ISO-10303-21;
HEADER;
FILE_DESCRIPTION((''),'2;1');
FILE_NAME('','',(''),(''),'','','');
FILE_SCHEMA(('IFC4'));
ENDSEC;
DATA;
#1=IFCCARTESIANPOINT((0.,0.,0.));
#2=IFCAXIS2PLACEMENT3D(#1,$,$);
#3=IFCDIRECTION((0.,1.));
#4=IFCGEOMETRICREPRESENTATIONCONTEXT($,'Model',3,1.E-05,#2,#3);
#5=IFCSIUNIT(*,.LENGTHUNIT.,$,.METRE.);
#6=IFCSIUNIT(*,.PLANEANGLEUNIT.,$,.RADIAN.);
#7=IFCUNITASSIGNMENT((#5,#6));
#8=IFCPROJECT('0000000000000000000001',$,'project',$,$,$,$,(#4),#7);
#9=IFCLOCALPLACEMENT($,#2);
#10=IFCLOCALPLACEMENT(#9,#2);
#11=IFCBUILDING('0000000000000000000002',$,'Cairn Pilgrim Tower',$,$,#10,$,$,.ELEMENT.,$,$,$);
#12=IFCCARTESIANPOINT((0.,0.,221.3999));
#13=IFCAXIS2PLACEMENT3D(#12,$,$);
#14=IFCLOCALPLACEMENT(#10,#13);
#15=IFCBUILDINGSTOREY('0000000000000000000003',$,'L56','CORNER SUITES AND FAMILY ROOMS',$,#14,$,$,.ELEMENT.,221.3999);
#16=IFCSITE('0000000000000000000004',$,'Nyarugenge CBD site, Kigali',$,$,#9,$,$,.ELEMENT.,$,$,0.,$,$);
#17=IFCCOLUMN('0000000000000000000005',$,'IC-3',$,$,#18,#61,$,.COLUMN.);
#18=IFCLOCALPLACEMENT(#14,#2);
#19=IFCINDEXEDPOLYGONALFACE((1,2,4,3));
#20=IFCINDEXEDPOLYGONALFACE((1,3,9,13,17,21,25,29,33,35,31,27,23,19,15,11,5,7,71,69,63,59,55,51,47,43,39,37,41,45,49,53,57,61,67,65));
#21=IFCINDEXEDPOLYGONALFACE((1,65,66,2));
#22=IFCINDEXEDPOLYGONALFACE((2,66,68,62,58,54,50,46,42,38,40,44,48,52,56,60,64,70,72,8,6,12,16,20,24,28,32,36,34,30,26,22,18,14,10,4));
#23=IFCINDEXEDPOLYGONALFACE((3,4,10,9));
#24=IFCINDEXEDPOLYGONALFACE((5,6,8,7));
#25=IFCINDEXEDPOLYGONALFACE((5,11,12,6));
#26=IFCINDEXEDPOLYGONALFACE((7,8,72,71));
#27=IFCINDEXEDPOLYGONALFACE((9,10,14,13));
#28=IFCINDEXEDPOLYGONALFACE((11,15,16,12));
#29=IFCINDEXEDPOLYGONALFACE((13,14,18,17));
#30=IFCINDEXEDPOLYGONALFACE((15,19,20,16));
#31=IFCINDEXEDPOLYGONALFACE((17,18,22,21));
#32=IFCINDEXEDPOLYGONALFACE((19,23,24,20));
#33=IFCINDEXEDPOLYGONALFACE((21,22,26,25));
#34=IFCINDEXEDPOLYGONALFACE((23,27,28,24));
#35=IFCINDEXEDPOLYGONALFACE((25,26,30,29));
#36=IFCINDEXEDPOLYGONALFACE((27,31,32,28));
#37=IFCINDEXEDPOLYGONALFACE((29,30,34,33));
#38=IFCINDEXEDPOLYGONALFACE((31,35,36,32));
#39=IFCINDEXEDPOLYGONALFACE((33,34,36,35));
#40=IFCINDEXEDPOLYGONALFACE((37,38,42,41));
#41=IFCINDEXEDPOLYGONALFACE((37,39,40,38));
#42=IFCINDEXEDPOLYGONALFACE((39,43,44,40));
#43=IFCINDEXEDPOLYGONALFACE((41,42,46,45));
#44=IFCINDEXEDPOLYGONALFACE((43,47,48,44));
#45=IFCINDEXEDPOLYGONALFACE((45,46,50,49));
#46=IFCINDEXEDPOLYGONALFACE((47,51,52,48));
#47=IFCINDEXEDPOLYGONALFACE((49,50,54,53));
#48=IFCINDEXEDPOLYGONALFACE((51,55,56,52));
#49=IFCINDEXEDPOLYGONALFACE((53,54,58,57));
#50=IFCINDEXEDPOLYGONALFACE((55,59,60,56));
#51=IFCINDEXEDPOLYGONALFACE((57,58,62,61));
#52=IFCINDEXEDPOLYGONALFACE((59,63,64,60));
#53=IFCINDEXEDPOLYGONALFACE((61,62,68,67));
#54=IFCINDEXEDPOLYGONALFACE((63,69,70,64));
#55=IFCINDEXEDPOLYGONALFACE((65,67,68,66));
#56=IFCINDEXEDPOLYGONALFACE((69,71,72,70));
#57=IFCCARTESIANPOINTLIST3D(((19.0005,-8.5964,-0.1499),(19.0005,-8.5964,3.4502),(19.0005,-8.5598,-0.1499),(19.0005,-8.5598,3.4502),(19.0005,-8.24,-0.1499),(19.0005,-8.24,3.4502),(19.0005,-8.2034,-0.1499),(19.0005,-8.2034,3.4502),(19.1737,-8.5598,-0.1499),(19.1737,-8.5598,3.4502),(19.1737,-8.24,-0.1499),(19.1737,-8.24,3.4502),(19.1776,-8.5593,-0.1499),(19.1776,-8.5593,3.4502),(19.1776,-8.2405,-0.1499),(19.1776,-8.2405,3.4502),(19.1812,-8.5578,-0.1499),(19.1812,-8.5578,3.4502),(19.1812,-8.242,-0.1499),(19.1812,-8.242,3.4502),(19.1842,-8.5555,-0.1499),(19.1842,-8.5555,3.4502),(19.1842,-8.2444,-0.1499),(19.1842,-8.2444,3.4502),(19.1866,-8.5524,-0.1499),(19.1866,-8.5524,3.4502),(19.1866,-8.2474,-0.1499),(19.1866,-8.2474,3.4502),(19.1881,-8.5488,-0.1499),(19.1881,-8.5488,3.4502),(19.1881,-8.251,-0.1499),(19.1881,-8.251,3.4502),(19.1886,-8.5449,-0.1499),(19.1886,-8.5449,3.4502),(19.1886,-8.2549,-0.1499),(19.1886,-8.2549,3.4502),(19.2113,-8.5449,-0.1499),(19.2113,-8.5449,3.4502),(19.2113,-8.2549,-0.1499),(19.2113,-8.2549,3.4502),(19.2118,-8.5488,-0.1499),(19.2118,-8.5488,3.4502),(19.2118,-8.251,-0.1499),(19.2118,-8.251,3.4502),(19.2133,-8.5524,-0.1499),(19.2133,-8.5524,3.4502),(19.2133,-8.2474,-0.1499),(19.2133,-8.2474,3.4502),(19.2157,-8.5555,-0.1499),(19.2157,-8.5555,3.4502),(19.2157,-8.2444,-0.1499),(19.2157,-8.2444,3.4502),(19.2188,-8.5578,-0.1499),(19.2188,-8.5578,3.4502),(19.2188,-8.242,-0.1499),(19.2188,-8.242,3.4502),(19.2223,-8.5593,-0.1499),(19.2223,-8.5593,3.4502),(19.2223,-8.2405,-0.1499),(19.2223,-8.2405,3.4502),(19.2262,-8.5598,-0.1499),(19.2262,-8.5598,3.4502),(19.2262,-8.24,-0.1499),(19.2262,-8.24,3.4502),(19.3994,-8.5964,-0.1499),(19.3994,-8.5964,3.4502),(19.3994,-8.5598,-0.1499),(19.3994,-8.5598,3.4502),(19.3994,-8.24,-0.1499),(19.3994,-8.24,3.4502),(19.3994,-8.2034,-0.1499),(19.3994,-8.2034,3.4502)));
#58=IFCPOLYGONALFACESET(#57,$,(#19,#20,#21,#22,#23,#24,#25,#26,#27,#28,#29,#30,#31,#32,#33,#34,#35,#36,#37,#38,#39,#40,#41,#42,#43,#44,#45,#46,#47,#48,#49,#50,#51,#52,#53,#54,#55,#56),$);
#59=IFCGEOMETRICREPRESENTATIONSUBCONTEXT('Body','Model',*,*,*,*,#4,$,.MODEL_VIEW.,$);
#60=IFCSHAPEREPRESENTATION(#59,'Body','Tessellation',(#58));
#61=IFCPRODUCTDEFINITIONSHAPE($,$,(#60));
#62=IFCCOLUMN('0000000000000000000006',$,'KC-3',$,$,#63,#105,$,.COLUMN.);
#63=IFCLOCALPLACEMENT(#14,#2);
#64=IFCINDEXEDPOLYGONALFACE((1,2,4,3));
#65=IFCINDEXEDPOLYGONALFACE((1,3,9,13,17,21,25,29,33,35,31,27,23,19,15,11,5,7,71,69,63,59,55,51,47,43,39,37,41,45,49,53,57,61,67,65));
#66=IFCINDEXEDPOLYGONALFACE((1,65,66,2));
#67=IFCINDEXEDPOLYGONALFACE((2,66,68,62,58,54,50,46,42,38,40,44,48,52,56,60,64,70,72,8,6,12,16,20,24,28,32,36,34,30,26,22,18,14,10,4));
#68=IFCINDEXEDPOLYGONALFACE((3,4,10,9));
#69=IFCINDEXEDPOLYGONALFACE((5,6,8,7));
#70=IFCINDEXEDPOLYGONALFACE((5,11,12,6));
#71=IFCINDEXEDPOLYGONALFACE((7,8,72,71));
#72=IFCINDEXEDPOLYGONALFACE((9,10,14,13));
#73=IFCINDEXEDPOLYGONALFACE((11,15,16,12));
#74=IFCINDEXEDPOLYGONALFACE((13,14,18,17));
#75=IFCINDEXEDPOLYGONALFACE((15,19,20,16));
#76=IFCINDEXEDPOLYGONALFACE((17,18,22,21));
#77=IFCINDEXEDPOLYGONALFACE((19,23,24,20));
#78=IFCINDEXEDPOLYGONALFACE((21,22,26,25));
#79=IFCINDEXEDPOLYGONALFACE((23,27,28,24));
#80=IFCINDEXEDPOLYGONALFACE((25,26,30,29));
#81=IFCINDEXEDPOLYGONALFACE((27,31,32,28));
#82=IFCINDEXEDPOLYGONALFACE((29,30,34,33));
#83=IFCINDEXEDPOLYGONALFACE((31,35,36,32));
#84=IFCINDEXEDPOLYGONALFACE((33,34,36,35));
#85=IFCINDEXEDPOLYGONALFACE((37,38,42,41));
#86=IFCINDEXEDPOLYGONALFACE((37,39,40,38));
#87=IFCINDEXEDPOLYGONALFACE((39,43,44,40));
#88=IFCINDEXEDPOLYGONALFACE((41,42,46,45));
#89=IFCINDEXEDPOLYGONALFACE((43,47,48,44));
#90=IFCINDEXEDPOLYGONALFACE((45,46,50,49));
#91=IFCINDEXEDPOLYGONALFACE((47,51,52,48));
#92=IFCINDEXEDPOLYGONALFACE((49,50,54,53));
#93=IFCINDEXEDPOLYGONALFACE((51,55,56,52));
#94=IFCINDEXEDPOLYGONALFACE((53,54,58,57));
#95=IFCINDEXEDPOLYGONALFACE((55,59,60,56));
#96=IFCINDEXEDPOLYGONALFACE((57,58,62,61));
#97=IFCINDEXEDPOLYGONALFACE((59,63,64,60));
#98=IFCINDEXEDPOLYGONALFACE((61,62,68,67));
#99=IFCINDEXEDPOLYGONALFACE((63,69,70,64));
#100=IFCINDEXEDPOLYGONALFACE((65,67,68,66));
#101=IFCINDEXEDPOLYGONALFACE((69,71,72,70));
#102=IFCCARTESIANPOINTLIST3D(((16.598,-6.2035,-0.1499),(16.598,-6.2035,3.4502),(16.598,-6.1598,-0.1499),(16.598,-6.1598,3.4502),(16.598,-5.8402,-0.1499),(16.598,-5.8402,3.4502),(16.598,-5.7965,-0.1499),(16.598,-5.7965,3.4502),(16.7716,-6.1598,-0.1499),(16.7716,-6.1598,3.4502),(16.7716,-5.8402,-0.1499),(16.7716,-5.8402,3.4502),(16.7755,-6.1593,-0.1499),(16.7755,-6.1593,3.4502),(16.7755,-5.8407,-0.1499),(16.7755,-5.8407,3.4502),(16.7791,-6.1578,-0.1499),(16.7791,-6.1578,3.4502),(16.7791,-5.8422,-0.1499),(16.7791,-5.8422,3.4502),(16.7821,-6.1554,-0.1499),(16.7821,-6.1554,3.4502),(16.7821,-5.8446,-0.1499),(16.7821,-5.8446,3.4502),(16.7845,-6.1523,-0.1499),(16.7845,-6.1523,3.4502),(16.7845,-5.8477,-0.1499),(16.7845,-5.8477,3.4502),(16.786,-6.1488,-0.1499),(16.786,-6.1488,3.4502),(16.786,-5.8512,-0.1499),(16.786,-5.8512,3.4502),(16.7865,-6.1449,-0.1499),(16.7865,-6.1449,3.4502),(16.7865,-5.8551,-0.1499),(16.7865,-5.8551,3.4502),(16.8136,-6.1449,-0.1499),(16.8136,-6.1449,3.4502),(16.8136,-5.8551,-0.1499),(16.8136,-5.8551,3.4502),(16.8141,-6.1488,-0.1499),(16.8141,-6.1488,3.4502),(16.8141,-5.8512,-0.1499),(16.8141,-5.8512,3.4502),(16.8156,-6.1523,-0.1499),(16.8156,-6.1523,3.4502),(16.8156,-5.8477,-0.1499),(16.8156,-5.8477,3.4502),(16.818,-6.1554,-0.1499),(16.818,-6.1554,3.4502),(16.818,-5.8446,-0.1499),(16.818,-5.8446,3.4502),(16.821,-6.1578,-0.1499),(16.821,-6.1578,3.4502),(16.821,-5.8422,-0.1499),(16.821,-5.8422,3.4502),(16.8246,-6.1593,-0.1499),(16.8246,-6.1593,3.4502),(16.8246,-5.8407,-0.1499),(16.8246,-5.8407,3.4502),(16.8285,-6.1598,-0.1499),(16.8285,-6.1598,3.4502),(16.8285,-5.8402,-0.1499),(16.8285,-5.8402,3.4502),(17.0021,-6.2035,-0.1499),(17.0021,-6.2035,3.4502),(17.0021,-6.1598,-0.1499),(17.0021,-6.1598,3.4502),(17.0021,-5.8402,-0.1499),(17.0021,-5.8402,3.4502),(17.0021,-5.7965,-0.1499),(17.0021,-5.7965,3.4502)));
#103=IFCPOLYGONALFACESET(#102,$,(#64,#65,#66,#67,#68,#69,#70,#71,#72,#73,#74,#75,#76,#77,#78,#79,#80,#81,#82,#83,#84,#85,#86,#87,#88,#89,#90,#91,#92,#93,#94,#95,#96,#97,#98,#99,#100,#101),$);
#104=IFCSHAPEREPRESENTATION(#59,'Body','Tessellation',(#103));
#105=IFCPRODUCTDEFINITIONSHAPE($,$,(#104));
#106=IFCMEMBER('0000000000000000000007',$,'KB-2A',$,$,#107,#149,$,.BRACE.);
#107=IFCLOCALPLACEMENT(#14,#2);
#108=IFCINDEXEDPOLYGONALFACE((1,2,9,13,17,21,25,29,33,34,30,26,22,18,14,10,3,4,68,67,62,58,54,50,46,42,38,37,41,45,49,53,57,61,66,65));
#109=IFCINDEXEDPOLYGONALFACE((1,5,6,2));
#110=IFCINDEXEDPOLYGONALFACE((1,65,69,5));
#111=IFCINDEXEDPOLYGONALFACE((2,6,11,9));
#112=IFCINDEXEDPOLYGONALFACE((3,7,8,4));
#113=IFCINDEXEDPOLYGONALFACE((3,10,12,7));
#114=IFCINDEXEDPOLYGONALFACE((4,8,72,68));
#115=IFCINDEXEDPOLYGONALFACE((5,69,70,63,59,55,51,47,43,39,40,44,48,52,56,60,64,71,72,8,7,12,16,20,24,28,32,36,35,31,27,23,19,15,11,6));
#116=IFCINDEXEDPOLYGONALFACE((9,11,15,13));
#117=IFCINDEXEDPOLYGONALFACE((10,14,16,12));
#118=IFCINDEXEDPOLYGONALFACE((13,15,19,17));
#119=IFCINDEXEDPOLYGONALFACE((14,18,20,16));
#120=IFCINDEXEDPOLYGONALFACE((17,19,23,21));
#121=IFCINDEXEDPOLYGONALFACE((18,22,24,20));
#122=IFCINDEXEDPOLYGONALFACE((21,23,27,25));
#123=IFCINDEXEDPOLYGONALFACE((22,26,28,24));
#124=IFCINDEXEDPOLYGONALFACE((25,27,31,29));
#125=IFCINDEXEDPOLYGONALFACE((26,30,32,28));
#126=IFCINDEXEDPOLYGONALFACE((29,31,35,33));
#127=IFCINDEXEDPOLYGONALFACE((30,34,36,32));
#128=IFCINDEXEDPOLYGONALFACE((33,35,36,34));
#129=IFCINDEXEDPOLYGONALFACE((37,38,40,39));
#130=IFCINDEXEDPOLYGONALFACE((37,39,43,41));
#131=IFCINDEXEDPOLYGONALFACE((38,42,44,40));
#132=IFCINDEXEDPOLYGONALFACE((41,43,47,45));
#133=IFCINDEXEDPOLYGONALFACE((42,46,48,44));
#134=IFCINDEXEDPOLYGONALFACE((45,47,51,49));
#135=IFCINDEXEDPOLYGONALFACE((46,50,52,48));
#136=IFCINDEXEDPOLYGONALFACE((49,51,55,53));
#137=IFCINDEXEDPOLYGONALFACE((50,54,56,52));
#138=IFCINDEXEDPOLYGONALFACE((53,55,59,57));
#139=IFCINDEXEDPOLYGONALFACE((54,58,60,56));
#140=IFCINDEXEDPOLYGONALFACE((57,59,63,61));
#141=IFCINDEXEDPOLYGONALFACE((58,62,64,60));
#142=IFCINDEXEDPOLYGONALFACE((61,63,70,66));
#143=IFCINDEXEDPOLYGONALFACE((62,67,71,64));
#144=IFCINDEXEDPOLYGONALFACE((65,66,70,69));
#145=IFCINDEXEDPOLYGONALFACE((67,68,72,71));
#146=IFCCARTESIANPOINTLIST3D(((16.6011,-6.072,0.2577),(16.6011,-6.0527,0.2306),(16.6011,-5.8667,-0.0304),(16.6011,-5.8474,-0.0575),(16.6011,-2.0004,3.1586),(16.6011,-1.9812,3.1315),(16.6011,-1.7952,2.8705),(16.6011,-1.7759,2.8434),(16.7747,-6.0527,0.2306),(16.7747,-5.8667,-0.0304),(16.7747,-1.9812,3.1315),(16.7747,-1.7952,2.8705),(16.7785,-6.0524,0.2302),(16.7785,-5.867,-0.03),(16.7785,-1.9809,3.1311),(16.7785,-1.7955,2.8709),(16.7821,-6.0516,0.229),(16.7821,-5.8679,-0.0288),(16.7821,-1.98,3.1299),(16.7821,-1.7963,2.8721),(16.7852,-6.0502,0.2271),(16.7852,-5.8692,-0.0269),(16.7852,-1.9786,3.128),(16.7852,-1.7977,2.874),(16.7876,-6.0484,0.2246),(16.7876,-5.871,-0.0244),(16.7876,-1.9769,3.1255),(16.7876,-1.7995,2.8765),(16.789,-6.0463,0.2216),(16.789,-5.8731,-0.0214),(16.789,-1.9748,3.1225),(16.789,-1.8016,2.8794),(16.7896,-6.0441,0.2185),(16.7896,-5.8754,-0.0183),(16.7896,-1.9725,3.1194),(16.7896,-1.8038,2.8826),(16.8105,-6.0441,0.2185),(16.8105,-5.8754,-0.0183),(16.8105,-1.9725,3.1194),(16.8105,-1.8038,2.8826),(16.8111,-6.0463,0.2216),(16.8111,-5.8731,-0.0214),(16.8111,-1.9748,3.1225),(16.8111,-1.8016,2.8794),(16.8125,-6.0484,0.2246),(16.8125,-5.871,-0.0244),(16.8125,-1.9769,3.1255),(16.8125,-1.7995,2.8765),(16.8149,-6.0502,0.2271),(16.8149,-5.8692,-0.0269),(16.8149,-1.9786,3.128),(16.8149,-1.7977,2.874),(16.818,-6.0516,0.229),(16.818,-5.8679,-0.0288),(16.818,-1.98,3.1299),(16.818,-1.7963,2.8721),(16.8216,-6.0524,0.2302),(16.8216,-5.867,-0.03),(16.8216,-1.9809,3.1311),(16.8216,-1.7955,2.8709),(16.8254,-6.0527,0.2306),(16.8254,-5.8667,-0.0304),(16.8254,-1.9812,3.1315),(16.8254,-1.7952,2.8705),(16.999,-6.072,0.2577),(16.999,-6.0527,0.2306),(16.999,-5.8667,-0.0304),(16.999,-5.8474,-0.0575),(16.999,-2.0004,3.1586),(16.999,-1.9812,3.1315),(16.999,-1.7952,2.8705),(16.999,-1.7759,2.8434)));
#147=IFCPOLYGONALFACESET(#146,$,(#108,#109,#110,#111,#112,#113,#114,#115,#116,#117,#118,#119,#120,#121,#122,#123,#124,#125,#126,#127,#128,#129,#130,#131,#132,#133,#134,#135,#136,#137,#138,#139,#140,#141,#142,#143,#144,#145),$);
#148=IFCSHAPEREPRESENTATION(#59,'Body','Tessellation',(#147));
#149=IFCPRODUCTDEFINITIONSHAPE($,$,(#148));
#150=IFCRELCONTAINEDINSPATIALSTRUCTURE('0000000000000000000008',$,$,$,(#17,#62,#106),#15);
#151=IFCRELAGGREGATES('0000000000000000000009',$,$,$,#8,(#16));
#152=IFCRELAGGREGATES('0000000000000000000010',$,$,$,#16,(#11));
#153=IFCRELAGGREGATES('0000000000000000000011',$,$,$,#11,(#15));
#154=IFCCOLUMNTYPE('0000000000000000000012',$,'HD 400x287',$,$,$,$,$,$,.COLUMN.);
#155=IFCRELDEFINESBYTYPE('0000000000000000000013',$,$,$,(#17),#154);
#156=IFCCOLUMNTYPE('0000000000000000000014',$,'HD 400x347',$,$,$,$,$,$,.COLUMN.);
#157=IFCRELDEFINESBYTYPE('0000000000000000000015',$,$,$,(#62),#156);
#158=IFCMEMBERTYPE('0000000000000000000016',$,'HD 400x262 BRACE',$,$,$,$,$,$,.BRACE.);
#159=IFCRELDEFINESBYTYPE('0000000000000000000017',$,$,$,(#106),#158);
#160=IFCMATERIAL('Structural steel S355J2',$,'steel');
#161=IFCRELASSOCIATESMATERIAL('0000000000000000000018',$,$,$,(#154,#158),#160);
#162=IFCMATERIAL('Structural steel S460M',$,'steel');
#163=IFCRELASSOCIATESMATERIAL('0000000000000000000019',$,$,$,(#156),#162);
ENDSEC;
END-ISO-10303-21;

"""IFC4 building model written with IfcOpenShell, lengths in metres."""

from ifc_helpers import new_model, si_unit, direction, frame, origin, origin_2d, place, context, subcontext, project, spatial, i_section, extrude, material, material_profile, profile_set, type_object, element, save


model = new_model("IFC4")

# Units and contexts
model_context = context("Model", 3, precision=1e-05, world=origin(), true_north=direction((0.0, 1.0)))
body_context = subcontext(model_context, "Body", "Model", "MODEL_VIEW")
ifc_project = project(units=[si_unit("LENGTHUNIT", "METRE"), si_unit("PLANEANGLEUNIT", "RADIAN")], contexts=[model_context])

# Site, building, storey
site_placement = place(None, origin())
site = spatial("IfcSite", under=ifc_project, at=site_placement, Name="Nyarugenge CBD site, Kigali", CompositionType="ELEMENT", RefElevation=0.0)
building_placement = place(site_placement, origin())
building = spatial("IfcBuilding", under=site, at=building_placement, Name="Cairn Pilgrim Tower", CompositionType="ELEMENT")
storey_placement = place(building_placement, frame((0.0, 0.0, 221.3999)))
storey = spatial("IfcBuildingStorey", under=building, at=storey_placement, Name="L56", Description="CORNER SUITES AND FAMILY ROOMS", CompositionType="ELEMENT", Elevation=221.3999)

# Columns
ifc_material_1 = material(Name="Structural steel S355J2", Category="steel")
ifc_material_profile_1 = material_profile(ifc_material_1, i_section(OverallWidth=0.3989, OverallDepth=0.3931, WebThickness=0.0227, FlangeThickness=0.0366, FilletRadius=0.0149, at=origin_2d()), Name="HD 400x287")
ifc_profile_set_1 = profile_set([ifc_material_profile_1], Name="Structural steel S355J2")
column_type_1 = type_object("IfcColumnType", Name="HD 400x287", PredefinedType="COLUMN", material=ifc_profile_set_1)
column_1_placement = place(storey_placement, frame((19.2, -8.3999, -0.1499), z_axis=(0.0, 0.0, 1.0), x_axis=(1.0, 0.0, 0.0)))
element("IfcColumn", 1, at=column_1_placement, inside=storey, type_object=column_type_1, Name="IC-3", PredefinedType="COLUMN", context=body_context, shape_type="SweptSolid", body=[
    extrude(i_section(OverallWidth=0.3989, OverallDepth=0.3931, WebThickness=0.0227, FlangeThickness=0.0366, FilletRadius=0.0149, at=origin_2d()), origin(), (0.0, 0.0, 1.0), 3.6001),
])
ifc_material_2 = material(Name="Structural steel S460M", Category="steel")
ifc_material_profile_2 = material_profile(ifc_material_2, i_section(OverallWidth=0.4041, OverallDepth=0.407, WebThickness=0.0271, FlangeThickness=0.0437, FilletRadius=0.0149, at=origin_2d()), Name="HD 400x347")
ifc_profile_set_2 = profile_set([ifc_material_profile_2], Name="Structural steel S460M")
column_type_2 = type_object("IfcColumnType", Name="HD 400x347", PredefinedType="COLUMN", material=ifc_profile_set_2)
column_2_placement = place(storey_placement, frame((16.8, -6.0, -0.1499), z_axis=(0.0, 0.0, 1.0), x_axis=(1.0, 0.0, 0.0)))
element("IfcColumn", 2, at=column_2_placement, inside=storey, type_object=column_type_2, Name="KC-3", PredefinedType="COLUMN", context=body_context, shape_type="SweptSolid", body=[
    extrude(i_section(OverallWidth=0.4041, OverallDepth=0.407, WebThickness=0.0271, FlangeThickness=0.0437, FilletRadius=0.0149, at=origin_2d()), origin(), (0.0, 0.0, 1.0), 3.6001),
])

# Member
ifc_material_profile_3 = material_profile(ifc_material_1, i_section(OverallWidth=0.3979, OverallDepth=0.387, WebThickness=0.021, FlangeThickness=0.0332, FilletRadius=0.0149, at=origin_2d()), Name="HD 400x262")
ifc_profile_set_3 = profile_set([ifc_material_profile_3], Name="Structural steel S355J2")
member_type = type_object("IfcMemberType", Name="HD 400x262 BRACE", PredefinedType="BRACE", material=ifc_profile_set_3)
member_placement = place(storey_placement, frame((16.8, -5.9597, 0.1001), z_axis=(0.0, 0.814429, 0.580263), x_axis=(-1.0, 0.0, 0.0)))
element("IfcMember", 3, at=member_placement, inside=storey, type_object=member_type, Name="KB-2A", PredefinedType="BRACE", context=body_context, shape_type="SweptSolid", body=[
    extrude(i_section(OverallWidth=0.3979, OverallDepth=0.387, WebThickness=0.021, FlangeThickness=0.0332, FilletRadius=0.0149, at=origin_2d()), origin(), (0.0, 0.0, 1.0), 4.9993),
])

save(model, "model.ifc")
